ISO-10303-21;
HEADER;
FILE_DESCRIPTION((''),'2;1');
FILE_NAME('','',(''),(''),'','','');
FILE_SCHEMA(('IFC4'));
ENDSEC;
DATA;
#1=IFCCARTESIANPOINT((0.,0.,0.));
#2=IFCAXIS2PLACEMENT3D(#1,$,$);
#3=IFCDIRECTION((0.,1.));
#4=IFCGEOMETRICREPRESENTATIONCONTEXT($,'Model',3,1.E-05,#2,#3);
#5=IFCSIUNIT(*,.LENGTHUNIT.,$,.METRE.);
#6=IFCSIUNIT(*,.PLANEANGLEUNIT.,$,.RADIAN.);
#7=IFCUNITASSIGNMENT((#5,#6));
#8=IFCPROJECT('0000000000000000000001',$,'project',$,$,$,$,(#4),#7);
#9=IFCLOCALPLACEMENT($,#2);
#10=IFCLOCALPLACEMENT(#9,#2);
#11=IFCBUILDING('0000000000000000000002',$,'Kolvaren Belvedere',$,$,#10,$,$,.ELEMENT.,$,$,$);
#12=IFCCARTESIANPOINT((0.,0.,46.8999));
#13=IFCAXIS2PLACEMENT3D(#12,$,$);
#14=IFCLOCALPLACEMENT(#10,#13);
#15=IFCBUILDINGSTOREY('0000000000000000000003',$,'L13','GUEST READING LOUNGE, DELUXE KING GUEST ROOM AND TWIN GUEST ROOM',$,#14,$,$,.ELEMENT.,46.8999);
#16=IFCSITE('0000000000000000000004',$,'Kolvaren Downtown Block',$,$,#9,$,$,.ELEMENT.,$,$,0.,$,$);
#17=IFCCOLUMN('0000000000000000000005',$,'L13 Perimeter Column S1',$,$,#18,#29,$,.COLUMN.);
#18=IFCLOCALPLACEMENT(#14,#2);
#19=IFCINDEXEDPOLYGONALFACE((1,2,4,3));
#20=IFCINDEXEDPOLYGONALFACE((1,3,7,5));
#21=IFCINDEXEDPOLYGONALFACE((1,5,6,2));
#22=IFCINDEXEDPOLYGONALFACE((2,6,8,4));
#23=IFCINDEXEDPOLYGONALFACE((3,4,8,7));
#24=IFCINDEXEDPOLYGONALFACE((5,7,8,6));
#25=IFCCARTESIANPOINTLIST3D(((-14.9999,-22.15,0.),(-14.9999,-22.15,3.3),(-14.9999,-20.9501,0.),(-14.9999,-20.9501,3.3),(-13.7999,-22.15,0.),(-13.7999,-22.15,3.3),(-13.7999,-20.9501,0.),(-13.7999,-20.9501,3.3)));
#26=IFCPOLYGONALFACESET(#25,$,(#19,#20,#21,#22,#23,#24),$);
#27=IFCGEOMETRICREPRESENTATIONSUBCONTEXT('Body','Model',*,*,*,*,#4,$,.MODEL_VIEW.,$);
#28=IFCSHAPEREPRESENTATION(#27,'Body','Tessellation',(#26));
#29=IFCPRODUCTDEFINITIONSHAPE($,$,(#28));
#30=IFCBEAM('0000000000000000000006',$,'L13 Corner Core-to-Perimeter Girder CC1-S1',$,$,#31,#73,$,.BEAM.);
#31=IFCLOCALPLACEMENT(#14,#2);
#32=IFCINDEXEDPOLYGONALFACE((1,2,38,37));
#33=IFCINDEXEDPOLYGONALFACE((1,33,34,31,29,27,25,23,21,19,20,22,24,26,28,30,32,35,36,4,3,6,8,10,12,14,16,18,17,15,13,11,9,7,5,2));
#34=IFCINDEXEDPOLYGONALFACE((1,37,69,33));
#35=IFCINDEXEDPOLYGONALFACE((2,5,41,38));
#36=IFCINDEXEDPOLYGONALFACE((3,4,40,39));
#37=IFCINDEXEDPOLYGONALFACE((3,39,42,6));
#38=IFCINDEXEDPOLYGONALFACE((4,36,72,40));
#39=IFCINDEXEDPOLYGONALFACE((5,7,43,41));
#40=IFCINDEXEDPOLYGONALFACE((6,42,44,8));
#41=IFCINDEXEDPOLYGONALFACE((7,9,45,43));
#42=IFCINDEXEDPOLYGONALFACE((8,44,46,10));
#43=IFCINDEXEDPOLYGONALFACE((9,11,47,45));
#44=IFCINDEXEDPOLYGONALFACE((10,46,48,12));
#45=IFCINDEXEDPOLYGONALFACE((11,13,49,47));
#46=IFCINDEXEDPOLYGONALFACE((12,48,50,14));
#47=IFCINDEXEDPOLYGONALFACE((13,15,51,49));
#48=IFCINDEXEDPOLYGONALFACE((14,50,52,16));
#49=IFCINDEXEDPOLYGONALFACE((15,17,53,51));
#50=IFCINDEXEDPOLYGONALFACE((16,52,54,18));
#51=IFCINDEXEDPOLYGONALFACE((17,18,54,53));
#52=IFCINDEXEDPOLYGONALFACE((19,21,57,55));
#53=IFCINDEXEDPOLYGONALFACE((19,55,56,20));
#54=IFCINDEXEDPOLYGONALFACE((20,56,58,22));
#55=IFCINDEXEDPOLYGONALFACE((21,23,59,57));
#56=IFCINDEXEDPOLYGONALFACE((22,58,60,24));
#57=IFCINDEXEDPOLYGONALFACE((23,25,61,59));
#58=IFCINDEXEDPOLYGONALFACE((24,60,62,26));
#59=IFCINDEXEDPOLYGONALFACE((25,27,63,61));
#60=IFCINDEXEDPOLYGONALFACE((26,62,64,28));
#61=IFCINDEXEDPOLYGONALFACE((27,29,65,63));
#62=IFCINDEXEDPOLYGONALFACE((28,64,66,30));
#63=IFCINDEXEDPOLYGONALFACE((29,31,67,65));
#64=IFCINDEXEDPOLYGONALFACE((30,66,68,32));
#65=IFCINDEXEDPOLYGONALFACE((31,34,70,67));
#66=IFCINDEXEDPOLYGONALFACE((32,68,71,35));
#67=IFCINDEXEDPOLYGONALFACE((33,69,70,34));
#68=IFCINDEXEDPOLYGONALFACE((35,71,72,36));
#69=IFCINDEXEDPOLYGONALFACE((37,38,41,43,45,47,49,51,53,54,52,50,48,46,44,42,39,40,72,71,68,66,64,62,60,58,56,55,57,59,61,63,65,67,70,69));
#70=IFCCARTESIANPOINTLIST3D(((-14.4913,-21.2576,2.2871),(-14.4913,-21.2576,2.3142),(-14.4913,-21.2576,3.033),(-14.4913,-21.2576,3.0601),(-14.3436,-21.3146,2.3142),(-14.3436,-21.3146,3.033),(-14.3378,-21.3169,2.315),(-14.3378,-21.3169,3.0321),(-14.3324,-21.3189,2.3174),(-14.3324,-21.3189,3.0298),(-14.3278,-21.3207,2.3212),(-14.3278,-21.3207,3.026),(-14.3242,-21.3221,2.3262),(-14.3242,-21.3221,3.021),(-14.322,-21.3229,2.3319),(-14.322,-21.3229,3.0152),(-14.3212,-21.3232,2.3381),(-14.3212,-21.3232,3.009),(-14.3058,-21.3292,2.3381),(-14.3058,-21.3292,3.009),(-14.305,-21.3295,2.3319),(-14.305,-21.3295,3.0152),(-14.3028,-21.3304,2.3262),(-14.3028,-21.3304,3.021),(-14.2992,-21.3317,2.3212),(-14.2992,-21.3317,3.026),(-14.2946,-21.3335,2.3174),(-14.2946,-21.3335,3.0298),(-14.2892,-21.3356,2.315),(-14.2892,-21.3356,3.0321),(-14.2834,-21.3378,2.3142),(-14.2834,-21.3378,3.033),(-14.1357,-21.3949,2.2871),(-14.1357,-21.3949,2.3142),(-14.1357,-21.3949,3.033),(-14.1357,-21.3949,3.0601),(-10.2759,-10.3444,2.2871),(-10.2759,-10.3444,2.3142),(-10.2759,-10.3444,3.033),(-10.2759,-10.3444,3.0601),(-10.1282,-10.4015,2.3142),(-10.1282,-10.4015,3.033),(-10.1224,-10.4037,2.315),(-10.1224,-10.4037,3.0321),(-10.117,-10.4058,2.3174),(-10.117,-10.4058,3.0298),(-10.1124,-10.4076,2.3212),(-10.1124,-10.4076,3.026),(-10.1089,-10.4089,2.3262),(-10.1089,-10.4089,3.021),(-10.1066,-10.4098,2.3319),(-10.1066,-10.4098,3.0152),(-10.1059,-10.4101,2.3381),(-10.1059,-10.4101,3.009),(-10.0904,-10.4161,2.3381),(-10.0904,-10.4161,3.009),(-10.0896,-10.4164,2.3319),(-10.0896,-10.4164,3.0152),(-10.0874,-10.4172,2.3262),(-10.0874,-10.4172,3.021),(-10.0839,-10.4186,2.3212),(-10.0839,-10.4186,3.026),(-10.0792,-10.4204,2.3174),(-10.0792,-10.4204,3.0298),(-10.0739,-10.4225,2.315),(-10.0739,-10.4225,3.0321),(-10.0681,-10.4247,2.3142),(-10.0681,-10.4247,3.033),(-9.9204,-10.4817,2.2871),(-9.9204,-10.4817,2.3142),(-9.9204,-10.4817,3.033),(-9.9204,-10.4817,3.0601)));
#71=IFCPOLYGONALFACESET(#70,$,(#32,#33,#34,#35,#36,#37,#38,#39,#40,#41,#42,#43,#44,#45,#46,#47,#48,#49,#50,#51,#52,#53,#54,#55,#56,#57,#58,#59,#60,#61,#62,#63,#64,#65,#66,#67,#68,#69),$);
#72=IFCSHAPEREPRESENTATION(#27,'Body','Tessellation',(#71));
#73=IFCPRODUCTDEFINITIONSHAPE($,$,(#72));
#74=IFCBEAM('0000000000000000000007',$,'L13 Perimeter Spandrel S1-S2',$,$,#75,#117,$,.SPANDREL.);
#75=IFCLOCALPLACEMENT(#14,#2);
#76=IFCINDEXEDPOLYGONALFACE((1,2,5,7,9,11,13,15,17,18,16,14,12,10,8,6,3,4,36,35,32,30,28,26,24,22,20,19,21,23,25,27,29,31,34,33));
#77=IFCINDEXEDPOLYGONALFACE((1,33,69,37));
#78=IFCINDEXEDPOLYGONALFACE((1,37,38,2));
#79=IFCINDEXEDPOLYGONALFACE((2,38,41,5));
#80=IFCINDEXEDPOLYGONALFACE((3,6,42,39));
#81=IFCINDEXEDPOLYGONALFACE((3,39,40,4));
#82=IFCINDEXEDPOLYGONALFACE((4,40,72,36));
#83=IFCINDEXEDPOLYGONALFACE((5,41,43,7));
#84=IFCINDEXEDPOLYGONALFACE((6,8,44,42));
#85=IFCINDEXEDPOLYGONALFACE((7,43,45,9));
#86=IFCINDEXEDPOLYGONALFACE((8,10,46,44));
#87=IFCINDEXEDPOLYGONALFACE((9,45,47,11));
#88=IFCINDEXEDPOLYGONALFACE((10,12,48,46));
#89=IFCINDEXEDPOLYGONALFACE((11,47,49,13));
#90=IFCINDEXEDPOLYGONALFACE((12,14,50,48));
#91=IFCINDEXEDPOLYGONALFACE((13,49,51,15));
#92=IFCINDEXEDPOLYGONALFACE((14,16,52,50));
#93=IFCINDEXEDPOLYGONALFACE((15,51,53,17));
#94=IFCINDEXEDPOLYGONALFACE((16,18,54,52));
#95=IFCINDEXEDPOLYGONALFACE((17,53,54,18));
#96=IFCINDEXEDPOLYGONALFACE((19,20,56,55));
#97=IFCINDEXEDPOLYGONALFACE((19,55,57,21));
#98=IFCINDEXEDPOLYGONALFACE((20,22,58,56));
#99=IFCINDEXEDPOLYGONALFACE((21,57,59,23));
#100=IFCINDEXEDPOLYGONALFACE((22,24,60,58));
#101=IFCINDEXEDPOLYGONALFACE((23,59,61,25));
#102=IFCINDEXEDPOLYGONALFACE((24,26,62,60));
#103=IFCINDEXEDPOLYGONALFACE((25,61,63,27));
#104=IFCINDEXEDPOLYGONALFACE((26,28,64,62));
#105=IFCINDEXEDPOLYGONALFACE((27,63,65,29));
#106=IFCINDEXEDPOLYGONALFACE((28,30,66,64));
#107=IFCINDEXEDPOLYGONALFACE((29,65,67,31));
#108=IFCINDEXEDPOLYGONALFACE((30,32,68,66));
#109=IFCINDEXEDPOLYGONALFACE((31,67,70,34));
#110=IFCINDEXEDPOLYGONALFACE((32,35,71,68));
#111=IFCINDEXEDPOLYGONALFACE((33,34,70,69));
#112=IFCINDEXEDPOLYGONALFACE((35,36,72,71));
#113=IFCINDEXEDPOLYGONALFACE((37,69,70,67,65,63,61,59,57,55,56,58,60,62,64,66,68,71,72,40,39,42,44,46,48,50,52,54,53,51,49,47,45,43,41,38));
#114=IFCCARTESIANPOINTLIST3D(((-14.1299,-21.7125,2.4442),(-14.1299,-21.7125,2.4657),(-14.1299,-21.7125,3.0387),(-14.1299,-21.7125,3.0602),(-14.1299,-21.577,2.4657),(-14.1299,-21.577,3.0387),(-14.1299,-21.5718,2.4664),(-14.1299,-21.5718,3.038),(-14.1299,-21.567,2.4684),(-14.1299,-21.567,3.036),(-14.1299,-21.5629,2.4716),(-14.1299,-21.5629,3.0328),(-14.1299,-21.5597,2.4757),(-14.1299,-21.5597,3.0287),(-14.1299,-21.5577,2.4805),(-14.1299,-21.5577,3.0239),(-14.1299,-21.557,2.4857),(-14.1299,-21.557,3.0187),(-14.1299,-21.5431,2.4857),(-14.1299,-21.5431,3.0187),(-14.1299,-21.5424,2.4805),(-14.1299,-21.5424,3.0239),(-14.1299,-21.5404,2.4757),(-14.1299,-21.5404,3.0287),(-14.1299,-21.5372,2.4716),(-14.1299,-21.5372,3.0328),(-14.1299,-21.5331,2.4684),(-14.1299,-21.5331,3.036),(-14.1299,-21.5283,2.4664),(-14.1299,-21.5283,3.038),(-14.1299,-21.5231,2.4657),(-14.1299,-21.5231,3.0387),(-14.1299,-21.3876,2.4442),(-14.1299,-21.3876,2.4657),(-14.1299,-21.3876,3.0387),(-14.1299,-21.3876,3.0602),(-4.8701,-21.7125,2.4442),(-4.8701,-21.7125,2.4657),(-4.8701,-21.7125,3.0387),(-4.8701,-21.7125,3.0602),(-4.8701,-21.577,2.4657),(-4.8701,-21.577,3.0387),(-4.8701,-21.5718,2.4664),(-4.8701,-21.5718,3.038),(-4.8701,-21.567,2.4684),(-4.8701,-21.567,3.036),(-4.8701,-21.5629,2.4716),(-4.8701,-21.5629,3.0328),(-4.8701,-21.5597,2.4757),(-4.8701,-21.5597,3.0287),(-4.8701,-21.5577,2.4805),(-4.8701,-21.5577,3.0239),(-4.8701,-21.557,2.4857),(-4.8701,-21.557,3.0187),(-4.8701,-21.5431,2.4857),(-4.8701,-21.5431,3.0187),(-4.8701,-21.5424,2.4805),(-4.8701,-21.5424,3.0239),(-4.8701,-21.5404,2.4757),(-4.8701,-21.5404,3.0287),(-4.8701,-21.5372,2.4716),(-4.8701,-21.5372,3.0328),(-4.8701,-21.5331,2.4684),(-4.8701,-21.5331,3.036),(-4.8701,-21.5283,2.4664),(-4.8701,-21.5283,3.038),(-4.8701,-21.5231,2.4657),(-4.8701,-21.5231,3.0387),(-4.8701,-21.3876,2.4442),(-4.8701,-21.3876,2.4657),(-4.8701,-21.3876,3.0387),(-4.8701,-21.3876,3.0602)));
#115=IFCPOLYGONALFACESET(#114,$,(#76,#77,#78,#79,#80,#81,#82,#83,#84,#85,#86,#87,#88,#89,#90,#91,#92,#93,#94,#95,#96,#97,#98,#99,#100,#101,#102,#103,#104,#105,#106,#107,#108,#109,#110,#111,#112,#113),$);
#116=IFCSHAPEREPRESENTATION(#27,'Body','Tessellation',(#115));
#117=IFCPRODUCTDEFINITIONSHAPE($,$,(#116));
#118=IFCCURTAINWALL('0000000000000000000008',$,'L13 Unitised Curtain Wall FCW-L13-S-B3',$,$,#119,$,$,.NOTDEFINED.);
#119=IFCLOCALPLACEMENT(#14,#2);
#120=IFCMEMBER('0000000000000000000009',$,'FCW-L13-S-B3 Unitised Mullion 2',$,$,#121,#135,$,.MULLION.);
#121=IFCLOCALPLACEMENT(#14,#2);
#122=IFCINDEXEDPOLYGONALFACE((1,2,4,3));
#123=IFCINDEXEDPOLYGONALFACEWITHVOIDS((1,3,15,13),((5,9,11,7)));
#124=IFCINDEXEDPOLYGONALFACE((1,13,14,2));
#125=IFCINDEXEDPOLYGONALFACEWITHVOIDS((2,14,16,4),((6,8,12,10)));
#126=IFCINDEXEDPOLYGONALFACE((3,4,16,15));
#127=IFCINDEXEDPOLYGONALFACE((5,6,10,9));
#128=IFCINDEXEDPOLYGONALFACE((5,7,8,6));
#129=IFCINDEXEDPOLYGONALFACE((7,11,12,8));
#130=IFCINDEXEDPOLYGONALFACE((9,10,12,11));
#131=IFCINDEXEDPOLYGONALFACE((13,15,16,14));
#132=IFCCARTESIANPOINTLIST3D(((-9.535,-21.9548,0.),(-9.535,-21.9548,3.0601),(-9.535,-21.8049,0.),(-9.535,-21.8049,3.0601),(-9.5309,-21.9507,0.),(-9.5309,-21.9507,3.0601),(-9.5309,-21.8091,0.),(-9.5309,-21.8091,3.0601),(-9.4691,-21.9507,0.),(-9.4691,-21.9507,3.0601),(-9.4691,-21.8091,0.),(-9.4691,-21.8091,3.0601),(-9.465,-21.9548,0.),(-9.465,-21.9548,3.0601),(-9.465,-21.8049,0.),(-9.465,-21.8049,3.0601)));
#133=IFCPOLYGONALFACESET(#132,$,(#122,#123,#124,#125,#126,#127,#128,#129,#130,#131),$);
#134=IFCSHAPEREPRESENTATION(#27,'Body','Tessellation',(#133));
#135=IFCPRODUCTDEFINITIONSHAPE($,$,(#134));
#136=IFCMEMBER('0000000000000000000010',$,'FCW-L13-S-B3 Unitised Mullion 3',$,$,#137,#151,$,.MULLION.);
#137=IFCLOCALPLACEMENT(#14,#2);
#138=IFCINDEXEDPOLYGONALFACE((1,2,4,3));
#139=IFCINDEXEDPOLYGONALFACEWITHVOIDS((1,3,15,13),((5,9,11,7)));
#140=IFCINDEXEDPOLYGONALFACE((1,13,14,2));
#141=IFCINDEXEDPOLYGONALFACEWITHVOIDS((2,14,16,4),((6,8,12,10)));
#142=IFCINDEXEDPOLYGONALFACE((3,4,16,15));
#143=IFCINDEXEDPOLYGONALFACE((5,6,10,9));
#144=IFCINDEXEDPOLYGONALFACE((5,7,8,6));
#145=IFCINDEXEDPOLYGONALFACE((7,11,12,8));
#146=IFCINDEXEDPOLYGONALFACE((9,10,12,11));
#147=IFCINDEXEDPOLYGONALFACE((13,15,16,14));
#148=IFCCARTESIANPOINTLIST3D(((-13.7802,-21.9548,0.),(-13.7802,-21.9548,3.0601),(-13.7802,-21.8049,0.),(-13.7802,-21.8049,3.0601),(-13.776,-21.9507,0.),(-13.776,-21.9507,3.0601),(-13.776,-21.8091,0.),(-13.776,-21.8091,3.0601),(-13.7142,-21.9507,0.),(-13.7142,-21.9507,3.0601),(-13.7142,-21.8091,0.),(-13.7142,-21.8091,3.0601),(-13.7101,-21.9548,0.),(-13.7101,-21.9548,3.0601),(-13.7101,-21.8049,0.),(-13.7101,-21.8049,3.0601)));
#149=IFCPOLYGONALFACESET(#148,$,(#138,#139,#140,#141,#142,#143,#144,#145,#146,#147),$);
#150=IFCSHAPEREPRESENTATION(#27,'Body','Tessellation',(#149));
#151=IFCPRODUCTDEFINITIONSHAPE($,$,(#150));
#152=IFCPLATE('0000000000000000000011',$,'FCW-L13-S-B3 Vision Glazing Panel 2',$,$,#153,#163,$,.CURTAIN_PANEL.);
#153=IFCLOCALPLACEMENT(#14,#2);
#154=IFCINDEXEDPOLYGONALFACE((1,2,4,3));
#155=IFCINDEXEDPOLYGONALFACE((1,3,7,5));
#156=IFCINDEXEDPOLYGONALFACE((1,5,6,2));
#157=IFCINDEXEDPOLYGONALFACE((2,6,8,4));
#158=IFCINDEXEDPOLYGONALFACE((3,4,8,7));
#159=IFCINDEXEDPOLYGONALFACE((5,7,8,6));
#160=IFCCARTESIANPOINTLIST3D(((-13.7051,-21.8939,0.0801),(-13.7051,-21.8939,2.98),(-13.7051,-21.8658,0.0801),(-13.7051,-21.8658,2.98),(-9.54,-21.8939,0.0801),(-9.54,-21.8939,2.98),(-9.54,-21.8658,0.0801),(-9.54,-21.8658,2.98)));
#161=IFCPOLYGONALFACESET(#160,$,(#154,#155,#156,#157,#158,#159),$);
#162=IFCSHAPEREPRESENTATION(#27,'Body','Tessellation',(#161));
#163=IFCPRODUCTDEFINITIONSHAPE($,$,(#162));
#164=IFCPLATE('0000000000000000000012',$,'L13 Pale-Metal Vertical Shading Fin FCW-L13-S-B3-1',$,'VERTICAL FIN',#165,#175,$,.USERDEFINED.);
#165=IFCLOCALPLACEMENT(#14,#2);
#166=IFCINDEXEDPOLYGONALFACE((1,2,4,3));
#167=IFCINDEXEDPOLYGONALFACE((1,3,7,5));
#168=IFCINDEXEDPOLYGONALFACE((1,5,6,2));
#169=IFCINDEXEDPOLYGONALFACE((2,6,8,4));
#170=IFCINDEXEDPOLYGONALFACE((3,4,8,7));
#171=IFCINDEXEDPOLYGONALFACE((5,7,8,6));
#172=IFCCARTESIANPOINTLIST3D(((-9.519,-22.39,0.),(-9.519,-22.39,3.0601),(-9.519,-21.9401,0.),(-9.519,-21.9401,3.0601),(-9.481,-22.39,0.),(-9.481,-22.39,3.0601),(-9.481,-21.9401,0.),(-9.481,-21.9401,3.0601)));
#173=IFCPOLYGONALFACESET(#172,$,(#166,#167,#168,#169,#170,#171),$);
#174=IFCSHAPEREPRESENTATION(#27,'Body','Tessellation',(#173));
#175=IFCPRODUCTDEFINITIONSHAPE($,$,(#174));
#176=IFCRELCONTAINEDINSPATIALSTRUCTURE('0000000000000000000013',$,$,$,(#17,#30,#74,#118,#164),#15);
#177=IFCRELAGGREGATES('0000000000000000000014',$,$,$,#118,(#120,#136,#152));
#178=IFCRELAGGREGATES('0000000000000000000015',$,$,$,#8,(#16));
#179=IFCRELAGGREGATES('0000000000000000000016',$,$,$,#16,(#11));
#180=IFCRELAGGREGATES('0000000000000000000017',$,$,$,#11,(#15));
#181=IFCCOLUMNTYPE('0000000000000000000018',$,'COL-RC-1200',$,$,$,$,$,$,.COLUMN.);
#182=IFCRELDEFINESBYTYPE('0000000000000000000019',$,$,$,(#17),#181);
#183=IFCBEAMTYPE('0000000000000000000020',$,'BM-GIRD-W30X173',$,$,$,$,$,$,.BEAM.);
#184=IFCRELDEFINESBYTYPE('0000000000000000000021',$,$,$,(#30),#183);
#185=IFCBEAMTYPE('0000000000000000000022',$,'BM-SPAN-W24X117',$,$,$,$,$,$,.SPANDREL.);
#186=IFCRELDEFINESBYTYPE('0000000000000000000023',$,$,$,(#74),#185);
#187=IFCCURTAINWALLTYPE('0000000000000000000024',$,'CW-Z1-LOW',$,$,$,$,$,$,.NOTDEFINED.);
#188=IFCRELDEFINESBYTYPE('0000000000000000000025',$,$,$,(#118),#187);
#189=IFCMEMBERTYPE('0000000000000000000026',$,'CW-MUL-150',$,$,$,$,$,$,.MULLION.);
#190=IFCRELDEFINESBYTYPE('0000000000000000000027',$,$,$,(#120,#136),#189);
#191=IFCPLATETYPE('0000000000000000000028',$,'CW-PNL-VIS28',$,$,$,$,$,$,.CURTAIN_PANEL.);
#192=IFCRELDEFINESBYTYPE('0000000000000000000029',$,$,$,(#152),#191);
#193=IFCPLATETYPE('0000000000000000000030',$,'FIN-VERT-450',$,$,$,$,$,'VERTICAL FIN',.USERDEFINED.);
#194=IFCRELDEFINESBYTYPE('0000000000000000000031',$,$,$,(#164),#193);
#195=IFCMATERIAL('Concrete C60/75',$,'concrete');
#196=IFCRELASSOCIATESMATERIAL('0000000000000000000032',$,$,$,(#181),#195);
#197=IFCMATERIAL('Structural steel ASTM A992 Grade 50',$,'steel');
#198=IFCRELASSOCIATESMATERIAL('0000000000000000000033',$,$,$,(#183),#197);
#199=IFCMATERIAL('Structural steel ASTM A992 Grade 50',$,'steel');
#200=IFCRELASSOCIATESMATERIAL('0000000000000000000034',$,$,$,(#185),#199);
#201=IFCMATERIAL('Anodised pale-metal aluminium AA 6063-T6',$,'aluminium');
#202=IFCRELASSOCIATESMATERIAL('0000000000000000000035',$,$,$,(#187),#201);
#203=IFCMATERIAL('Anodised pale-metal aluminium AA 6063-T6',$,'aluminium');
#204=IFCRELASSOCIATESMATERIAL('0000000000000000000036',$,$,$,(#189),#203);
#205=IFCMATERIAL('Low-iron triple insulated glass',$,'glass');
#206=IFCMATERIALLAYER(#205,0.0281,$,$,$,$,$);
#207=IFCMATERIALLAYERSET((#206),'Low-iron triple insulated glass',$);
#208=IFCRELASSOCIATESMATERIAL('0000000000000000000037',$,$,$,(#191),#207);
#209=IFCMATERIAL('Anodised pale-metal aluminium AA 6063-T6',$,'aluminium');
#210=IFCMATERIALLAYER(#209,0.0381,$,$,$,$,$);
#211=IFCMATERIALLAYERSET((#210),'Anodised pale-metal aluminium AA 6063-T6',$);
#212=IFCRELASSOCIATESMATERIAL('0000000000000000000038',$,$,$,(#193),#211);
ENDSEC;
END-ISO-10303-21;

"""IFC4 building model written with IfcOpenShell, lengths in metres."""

from ifc_helpers import new_model, si_unit, direction, frame, origin, origin_2d, place, context, subcontext, project, spatial, rectangle, hollow_rectangle, i_section, extrude, material, layer, layer_set, material_profile, profile_set, type_object, element, aggregate, save


model = new_model("IFC4")

# Units and contexts
model_context = context("Model", 3, precision=1e-05, world=origin(), true_north=direction((0.0, 1.0)))
body_context = subcontext(model_context, "Body", "Model", "MODEL_VIEW")
ifc_project = project(units=[si_unit("LENGTHUNIT", "METRE"), si_unit("PLANEANGLEUNIT", "RADIAN")], contexts=[model_context])

# Site, building, storey
site_placement = place(None, origin())
site = spatial("IfcSite", under=ifc_project, at=site_placement, Name="Kolvaren Downtown Block", CompositionType="ELEMENT", RefElevation=0.0)
building_placement = place(site_placement, origin())
building = spatial("IfcBuilding", under=site, at=building_placement, Name="Kolvaren Belvedere", CompositionType="ELEMENT")
storey_placement = place(building_placement, frame((0.0, 0.0, 46.8999)))
storey = spatial("IfcBuildingStorey", under=building, at=storey_placement, Name="L13", Description="GUEST READING LOUNGE, DELUXE KING GUEST ROOM AND TWIN GUEST ROOM", CompositionType="ELEMENT", Elevation=46.8999)

# Column
ifc_material_1 = material(Name="Concrete C60/75", Category="concrete")
ifc_material_profile_1 = material_profile(ifc_material_1, rectangle(XDim=1.2, YDim=1.2, at=origin_2d()), Name="RC 1200X1200")
ifc_profile_set_1 = profile_set([ifc_material_profile_1], Name="Concrete C60/75")
column_type = type_object("IfcColumnType", Name="COL-RC-1200", PredefinedType="COLUMN", material=ifc_profile_set_1)
column_placement = place(storey_placement, frame((-14.3999, -21.55, 0.0), z_axis=(0.0, 0.0, 1.0), x_axis=(1.0, 0.0, 0.0)))
element("IfcColumn", 1, at=column_placement, inside=storey, type_object=column_type, Name="L13 Perimeter Column S1", PredefinedType="COLUMN", context=body_context, shape_type="SweptSolid", body=[
    extrude(rectangle(XDim=1.2, YDim=1.2, at=origin_2d()), origin(), (0.0, 0.0, 1.0), 3.3),
])

# Beams
ifc_material_2 = material(Name="Structural steel ASTM A992 Grade 50", Category="steel")
ifc_material_profile_2 = material_profile(ifc_material_2, i_section(OverallWidth=0.3811, OverallDepth=0.7729, WebThickness=0.0166, FlangeThickness=0.0271, FilletRadius=0.0239, at=origin_2d()), Name="W30X173")
ifc_profile_set_2 = profile_set([ifc_material_profile_2], Name="Structural steel ASTM A992 Grade 50")
beam_type_1 = type_object("IfcBeamType", Name="BM-GIRD-W30X173", PredefinedType="BEAM", material=ifc_profile_set_2)
beam_1_placement = place(storey_placement, frame((-10.0981, -10.4131, 2.6736), z_axis=(-0.360318, -0.932829, 0.0), x_axis=(0.932829, -0.360318, 0.0)))
element("IfcBeam", 2, at=beam_1_placement, inside=storey, type_object=beam_type_1, Name="L13 Corner Core-to-Perimeter Girder CC1-S1", PredefinedType="BEAM", context=body_context, shape_type="SweptSolid", body=[
    extrude(i_section(OverallWidth=0.3811, OverallDepth=0.7729, WebThickness=0.0166, FlangeThickness=0.0271, FilletRadius=0.0239, at=origin_2d()), origin(), (0.0, 0.0, 1.0), 11.699),
])
ifc_material_3 = material(Name="Structural steel ASTM A992 Grade 50", Category="steel")
ifc_material_profile_3 = material_profile(ifc_material_3, i_section(OverallWidth=0.325, OverallDepth=0.616, WebThickness=0.0139, FlangeThickness=0.0215, FilletRadius=0.02, at=origin_2d()), Name="W24X117")
ifc_profile_set_3 = profile_set([ifc_material_profile_3], Name="Structural steel ASTM A992 Grade 50")
beam_type_2 = type_object("IfcBeamType", Name="BM-SPAN-W24X117", PredefinedType="SPANDREL", material=ifc_profile_set_3)
beam_2_placement = place(storey_placement, frame((-14.1299, -21.55, 2.7522), z_axis=(1.0, 0.0, 0.0), x_axis=(0.0, 1.0, 0.0)))
element("IfcBeam", 3, at=beam_2_placement, inside=storey, type_object=beam_type_2, Name="L13 Perimeter Spandrel S1-S2", PredefinedType="SPANDREL", context=body_context, shape_type="SweptSolid", body=[
    extrude(i_section(OverallWidth=0.325, OverallDepth=0.616, WebThickness=0.0139, FlangeThickness=0.0215, FilletRadius=0.02, at=origin_2d()), origin(), (0.0, 0.0, 1.0), 9.2598),
])

# Curtain wall, members, plate
ifc_material_4 = material(Name="Anodised pale-metal aluminium AA 6063-T6", Category="aluminium")
curtain_wall_type = type_object("IfcCurtainWallType", Name="CW-Z1-LOW", PredefinedType="NOTDEFINED", material=ifc_material_4)
curtain_wall_placement = place(storey_placement, origin())
curtain_wall = element("IfcCurtainWall", 4, at=curtain_wall_placement, inside=storey, type_object=curtain_wall_type, Name="L13 Unitised Curtain Wall FCW-L13-S-B3", PredefinedType="NOTDEFINED")
ifc_material_5 = material(Name="Anodised pale-metal aluminium AA 6063-T6", Category="aluminium")
ifc_material_profile_4 = material_profile(ifc_material_5, hollow_rectangle(XDim=0.0701, YDim=0.1499, WallThickness=0.0042, at=origin_2d()), Name="ALU-MUL-150X70")
ifc_profile_set_4 = profile_set([ifc_material_profile_4], Name="Anodised pale-metal aluminium AA 6063-T6")
member_type = type_object("IfcMemberType", Name="CW-MUL-150", PredefinedType="MULLION", material=ifc_profile_set_4)
member_1_placement = place(storey_placement, frame((-9.5, -21.8799, 0.0), z_axis=(0.0, 0.0, 1.0), x_axis=(1.0, 0.0, 0.0)))
member_1 = element("IfcMember", 5, at=member_1_placement, type_object=member_type, Name="FCW-L13-S-B3 Unitised Mullion 2", PredefinedType="MULLION", context=body_context, shape_type="SweptSolid", body=[
    extrude(hollow_rectangle(XDim=0.0701, YDim=0.1499, WallThickness=0.0042, at=origin_2d()), origin(), (0.0, 0.0, 1.0), 3.0601),
])
member_2_placement = place(storey_placement, frame((-13.7451, -21.8799, 0.0), z_axis=(0.0, 0.0, 1.0), x_axis=(1.0, 0.0, 0.0)))
member_2 = element("IfcMember", 6, at=member_2_placement, type_object=member_type, Name="FCW-L13-S-B3 Unitised Mullion 3", PredefinedType="MULLION", context=body_context, shape_type="SweptSolid", body=[
    extrude(hollow_rectangle(XDim=0.0701, YDim=0.1499, WallThickness=0.0042, at=origin_2d()), origin(), (0.0, 0.0, 1.0), 3.0601),
])
ifc_material_6 = material(Name="Low-iron triple insulated glass", Category="glass")
ifc_layer_1 = layer(ifc_material_6, 0.0281)
ifc_layer_set_1 = layer_set([ifc_layer_1], Name="Low-iron triple insulated glass")
plate_type_1 = type_object("IfcPlateType", Name="CW-PNL-VIS28", PredefinedType="CURTAIN_PANEL", material=ifc_layer_set_1)
plate_1_placement = place(storey_placement, frame((-11.6226, -21.8799, 0.0801), z_axis=(0.0, 0.0, 1.0), x_axis=(-1.0, 0.0, 0.0)))
plate_1 = element("IfcPlate", 7, at=plate_1_placement, type_object=plate_type_1, Name="FCW-L13-S-B3 Vision Glazing Panel 2", PredefinedType="CURTAIN_PANEL", context=body_context, shape_type="SweptSolid", body=[
    extrude(rectangle(XDim=4.165, YDim=0.0281, at=origin_2d()), origin(), (0.0, 0.0, 1.0), 2.8999),
])
aggregate(curtain_wall, [member_1, member_2, plate_1])

# Plate
ifc_material_7 = material(Name="Anodised pale-metal aluminium AA 6063-T6", Category="aluminium")
ifc_layer_2 = layer(ifc_material_7, 0.0381)
ifc_layer_set_2 = layer_set([ifc_layer_2], Name="Anodised pale-metal aluminium AA 6063-T6")
plate_type_2 = type_object("IfcPlateType", Name="FIN-VERT-450", ElementType="VERTICAL FIN", PredefinedType="USERDEFINED", material=ifc_layer_set_2)
plate_2_placement = place(storey_placement, frame((-9.5, -22.165, 0.0), z_axis=(0.0, 0.0, 1.0), x_axis=(0.0, 1.0, 0.0)))
element("IfcPlate", 8, at=plate_2_placement, inside=storey, type_object=plate_type_2, Name="L13 Pale-Metal Vertical Shading Fin FCW-L13-S-B3-1", ObjectType="VERTICAL FIN", PredefinedType="USERDEFINED", context=body_context, shape_type="SweptSolid", body=[
    extrude(rectangle(XDim=0.45, YDim=0.0381, at=origin_2d()), origin(), (0.0, 0.0, 1.0), 3.0601),
])

save(model, "model.ifc")
